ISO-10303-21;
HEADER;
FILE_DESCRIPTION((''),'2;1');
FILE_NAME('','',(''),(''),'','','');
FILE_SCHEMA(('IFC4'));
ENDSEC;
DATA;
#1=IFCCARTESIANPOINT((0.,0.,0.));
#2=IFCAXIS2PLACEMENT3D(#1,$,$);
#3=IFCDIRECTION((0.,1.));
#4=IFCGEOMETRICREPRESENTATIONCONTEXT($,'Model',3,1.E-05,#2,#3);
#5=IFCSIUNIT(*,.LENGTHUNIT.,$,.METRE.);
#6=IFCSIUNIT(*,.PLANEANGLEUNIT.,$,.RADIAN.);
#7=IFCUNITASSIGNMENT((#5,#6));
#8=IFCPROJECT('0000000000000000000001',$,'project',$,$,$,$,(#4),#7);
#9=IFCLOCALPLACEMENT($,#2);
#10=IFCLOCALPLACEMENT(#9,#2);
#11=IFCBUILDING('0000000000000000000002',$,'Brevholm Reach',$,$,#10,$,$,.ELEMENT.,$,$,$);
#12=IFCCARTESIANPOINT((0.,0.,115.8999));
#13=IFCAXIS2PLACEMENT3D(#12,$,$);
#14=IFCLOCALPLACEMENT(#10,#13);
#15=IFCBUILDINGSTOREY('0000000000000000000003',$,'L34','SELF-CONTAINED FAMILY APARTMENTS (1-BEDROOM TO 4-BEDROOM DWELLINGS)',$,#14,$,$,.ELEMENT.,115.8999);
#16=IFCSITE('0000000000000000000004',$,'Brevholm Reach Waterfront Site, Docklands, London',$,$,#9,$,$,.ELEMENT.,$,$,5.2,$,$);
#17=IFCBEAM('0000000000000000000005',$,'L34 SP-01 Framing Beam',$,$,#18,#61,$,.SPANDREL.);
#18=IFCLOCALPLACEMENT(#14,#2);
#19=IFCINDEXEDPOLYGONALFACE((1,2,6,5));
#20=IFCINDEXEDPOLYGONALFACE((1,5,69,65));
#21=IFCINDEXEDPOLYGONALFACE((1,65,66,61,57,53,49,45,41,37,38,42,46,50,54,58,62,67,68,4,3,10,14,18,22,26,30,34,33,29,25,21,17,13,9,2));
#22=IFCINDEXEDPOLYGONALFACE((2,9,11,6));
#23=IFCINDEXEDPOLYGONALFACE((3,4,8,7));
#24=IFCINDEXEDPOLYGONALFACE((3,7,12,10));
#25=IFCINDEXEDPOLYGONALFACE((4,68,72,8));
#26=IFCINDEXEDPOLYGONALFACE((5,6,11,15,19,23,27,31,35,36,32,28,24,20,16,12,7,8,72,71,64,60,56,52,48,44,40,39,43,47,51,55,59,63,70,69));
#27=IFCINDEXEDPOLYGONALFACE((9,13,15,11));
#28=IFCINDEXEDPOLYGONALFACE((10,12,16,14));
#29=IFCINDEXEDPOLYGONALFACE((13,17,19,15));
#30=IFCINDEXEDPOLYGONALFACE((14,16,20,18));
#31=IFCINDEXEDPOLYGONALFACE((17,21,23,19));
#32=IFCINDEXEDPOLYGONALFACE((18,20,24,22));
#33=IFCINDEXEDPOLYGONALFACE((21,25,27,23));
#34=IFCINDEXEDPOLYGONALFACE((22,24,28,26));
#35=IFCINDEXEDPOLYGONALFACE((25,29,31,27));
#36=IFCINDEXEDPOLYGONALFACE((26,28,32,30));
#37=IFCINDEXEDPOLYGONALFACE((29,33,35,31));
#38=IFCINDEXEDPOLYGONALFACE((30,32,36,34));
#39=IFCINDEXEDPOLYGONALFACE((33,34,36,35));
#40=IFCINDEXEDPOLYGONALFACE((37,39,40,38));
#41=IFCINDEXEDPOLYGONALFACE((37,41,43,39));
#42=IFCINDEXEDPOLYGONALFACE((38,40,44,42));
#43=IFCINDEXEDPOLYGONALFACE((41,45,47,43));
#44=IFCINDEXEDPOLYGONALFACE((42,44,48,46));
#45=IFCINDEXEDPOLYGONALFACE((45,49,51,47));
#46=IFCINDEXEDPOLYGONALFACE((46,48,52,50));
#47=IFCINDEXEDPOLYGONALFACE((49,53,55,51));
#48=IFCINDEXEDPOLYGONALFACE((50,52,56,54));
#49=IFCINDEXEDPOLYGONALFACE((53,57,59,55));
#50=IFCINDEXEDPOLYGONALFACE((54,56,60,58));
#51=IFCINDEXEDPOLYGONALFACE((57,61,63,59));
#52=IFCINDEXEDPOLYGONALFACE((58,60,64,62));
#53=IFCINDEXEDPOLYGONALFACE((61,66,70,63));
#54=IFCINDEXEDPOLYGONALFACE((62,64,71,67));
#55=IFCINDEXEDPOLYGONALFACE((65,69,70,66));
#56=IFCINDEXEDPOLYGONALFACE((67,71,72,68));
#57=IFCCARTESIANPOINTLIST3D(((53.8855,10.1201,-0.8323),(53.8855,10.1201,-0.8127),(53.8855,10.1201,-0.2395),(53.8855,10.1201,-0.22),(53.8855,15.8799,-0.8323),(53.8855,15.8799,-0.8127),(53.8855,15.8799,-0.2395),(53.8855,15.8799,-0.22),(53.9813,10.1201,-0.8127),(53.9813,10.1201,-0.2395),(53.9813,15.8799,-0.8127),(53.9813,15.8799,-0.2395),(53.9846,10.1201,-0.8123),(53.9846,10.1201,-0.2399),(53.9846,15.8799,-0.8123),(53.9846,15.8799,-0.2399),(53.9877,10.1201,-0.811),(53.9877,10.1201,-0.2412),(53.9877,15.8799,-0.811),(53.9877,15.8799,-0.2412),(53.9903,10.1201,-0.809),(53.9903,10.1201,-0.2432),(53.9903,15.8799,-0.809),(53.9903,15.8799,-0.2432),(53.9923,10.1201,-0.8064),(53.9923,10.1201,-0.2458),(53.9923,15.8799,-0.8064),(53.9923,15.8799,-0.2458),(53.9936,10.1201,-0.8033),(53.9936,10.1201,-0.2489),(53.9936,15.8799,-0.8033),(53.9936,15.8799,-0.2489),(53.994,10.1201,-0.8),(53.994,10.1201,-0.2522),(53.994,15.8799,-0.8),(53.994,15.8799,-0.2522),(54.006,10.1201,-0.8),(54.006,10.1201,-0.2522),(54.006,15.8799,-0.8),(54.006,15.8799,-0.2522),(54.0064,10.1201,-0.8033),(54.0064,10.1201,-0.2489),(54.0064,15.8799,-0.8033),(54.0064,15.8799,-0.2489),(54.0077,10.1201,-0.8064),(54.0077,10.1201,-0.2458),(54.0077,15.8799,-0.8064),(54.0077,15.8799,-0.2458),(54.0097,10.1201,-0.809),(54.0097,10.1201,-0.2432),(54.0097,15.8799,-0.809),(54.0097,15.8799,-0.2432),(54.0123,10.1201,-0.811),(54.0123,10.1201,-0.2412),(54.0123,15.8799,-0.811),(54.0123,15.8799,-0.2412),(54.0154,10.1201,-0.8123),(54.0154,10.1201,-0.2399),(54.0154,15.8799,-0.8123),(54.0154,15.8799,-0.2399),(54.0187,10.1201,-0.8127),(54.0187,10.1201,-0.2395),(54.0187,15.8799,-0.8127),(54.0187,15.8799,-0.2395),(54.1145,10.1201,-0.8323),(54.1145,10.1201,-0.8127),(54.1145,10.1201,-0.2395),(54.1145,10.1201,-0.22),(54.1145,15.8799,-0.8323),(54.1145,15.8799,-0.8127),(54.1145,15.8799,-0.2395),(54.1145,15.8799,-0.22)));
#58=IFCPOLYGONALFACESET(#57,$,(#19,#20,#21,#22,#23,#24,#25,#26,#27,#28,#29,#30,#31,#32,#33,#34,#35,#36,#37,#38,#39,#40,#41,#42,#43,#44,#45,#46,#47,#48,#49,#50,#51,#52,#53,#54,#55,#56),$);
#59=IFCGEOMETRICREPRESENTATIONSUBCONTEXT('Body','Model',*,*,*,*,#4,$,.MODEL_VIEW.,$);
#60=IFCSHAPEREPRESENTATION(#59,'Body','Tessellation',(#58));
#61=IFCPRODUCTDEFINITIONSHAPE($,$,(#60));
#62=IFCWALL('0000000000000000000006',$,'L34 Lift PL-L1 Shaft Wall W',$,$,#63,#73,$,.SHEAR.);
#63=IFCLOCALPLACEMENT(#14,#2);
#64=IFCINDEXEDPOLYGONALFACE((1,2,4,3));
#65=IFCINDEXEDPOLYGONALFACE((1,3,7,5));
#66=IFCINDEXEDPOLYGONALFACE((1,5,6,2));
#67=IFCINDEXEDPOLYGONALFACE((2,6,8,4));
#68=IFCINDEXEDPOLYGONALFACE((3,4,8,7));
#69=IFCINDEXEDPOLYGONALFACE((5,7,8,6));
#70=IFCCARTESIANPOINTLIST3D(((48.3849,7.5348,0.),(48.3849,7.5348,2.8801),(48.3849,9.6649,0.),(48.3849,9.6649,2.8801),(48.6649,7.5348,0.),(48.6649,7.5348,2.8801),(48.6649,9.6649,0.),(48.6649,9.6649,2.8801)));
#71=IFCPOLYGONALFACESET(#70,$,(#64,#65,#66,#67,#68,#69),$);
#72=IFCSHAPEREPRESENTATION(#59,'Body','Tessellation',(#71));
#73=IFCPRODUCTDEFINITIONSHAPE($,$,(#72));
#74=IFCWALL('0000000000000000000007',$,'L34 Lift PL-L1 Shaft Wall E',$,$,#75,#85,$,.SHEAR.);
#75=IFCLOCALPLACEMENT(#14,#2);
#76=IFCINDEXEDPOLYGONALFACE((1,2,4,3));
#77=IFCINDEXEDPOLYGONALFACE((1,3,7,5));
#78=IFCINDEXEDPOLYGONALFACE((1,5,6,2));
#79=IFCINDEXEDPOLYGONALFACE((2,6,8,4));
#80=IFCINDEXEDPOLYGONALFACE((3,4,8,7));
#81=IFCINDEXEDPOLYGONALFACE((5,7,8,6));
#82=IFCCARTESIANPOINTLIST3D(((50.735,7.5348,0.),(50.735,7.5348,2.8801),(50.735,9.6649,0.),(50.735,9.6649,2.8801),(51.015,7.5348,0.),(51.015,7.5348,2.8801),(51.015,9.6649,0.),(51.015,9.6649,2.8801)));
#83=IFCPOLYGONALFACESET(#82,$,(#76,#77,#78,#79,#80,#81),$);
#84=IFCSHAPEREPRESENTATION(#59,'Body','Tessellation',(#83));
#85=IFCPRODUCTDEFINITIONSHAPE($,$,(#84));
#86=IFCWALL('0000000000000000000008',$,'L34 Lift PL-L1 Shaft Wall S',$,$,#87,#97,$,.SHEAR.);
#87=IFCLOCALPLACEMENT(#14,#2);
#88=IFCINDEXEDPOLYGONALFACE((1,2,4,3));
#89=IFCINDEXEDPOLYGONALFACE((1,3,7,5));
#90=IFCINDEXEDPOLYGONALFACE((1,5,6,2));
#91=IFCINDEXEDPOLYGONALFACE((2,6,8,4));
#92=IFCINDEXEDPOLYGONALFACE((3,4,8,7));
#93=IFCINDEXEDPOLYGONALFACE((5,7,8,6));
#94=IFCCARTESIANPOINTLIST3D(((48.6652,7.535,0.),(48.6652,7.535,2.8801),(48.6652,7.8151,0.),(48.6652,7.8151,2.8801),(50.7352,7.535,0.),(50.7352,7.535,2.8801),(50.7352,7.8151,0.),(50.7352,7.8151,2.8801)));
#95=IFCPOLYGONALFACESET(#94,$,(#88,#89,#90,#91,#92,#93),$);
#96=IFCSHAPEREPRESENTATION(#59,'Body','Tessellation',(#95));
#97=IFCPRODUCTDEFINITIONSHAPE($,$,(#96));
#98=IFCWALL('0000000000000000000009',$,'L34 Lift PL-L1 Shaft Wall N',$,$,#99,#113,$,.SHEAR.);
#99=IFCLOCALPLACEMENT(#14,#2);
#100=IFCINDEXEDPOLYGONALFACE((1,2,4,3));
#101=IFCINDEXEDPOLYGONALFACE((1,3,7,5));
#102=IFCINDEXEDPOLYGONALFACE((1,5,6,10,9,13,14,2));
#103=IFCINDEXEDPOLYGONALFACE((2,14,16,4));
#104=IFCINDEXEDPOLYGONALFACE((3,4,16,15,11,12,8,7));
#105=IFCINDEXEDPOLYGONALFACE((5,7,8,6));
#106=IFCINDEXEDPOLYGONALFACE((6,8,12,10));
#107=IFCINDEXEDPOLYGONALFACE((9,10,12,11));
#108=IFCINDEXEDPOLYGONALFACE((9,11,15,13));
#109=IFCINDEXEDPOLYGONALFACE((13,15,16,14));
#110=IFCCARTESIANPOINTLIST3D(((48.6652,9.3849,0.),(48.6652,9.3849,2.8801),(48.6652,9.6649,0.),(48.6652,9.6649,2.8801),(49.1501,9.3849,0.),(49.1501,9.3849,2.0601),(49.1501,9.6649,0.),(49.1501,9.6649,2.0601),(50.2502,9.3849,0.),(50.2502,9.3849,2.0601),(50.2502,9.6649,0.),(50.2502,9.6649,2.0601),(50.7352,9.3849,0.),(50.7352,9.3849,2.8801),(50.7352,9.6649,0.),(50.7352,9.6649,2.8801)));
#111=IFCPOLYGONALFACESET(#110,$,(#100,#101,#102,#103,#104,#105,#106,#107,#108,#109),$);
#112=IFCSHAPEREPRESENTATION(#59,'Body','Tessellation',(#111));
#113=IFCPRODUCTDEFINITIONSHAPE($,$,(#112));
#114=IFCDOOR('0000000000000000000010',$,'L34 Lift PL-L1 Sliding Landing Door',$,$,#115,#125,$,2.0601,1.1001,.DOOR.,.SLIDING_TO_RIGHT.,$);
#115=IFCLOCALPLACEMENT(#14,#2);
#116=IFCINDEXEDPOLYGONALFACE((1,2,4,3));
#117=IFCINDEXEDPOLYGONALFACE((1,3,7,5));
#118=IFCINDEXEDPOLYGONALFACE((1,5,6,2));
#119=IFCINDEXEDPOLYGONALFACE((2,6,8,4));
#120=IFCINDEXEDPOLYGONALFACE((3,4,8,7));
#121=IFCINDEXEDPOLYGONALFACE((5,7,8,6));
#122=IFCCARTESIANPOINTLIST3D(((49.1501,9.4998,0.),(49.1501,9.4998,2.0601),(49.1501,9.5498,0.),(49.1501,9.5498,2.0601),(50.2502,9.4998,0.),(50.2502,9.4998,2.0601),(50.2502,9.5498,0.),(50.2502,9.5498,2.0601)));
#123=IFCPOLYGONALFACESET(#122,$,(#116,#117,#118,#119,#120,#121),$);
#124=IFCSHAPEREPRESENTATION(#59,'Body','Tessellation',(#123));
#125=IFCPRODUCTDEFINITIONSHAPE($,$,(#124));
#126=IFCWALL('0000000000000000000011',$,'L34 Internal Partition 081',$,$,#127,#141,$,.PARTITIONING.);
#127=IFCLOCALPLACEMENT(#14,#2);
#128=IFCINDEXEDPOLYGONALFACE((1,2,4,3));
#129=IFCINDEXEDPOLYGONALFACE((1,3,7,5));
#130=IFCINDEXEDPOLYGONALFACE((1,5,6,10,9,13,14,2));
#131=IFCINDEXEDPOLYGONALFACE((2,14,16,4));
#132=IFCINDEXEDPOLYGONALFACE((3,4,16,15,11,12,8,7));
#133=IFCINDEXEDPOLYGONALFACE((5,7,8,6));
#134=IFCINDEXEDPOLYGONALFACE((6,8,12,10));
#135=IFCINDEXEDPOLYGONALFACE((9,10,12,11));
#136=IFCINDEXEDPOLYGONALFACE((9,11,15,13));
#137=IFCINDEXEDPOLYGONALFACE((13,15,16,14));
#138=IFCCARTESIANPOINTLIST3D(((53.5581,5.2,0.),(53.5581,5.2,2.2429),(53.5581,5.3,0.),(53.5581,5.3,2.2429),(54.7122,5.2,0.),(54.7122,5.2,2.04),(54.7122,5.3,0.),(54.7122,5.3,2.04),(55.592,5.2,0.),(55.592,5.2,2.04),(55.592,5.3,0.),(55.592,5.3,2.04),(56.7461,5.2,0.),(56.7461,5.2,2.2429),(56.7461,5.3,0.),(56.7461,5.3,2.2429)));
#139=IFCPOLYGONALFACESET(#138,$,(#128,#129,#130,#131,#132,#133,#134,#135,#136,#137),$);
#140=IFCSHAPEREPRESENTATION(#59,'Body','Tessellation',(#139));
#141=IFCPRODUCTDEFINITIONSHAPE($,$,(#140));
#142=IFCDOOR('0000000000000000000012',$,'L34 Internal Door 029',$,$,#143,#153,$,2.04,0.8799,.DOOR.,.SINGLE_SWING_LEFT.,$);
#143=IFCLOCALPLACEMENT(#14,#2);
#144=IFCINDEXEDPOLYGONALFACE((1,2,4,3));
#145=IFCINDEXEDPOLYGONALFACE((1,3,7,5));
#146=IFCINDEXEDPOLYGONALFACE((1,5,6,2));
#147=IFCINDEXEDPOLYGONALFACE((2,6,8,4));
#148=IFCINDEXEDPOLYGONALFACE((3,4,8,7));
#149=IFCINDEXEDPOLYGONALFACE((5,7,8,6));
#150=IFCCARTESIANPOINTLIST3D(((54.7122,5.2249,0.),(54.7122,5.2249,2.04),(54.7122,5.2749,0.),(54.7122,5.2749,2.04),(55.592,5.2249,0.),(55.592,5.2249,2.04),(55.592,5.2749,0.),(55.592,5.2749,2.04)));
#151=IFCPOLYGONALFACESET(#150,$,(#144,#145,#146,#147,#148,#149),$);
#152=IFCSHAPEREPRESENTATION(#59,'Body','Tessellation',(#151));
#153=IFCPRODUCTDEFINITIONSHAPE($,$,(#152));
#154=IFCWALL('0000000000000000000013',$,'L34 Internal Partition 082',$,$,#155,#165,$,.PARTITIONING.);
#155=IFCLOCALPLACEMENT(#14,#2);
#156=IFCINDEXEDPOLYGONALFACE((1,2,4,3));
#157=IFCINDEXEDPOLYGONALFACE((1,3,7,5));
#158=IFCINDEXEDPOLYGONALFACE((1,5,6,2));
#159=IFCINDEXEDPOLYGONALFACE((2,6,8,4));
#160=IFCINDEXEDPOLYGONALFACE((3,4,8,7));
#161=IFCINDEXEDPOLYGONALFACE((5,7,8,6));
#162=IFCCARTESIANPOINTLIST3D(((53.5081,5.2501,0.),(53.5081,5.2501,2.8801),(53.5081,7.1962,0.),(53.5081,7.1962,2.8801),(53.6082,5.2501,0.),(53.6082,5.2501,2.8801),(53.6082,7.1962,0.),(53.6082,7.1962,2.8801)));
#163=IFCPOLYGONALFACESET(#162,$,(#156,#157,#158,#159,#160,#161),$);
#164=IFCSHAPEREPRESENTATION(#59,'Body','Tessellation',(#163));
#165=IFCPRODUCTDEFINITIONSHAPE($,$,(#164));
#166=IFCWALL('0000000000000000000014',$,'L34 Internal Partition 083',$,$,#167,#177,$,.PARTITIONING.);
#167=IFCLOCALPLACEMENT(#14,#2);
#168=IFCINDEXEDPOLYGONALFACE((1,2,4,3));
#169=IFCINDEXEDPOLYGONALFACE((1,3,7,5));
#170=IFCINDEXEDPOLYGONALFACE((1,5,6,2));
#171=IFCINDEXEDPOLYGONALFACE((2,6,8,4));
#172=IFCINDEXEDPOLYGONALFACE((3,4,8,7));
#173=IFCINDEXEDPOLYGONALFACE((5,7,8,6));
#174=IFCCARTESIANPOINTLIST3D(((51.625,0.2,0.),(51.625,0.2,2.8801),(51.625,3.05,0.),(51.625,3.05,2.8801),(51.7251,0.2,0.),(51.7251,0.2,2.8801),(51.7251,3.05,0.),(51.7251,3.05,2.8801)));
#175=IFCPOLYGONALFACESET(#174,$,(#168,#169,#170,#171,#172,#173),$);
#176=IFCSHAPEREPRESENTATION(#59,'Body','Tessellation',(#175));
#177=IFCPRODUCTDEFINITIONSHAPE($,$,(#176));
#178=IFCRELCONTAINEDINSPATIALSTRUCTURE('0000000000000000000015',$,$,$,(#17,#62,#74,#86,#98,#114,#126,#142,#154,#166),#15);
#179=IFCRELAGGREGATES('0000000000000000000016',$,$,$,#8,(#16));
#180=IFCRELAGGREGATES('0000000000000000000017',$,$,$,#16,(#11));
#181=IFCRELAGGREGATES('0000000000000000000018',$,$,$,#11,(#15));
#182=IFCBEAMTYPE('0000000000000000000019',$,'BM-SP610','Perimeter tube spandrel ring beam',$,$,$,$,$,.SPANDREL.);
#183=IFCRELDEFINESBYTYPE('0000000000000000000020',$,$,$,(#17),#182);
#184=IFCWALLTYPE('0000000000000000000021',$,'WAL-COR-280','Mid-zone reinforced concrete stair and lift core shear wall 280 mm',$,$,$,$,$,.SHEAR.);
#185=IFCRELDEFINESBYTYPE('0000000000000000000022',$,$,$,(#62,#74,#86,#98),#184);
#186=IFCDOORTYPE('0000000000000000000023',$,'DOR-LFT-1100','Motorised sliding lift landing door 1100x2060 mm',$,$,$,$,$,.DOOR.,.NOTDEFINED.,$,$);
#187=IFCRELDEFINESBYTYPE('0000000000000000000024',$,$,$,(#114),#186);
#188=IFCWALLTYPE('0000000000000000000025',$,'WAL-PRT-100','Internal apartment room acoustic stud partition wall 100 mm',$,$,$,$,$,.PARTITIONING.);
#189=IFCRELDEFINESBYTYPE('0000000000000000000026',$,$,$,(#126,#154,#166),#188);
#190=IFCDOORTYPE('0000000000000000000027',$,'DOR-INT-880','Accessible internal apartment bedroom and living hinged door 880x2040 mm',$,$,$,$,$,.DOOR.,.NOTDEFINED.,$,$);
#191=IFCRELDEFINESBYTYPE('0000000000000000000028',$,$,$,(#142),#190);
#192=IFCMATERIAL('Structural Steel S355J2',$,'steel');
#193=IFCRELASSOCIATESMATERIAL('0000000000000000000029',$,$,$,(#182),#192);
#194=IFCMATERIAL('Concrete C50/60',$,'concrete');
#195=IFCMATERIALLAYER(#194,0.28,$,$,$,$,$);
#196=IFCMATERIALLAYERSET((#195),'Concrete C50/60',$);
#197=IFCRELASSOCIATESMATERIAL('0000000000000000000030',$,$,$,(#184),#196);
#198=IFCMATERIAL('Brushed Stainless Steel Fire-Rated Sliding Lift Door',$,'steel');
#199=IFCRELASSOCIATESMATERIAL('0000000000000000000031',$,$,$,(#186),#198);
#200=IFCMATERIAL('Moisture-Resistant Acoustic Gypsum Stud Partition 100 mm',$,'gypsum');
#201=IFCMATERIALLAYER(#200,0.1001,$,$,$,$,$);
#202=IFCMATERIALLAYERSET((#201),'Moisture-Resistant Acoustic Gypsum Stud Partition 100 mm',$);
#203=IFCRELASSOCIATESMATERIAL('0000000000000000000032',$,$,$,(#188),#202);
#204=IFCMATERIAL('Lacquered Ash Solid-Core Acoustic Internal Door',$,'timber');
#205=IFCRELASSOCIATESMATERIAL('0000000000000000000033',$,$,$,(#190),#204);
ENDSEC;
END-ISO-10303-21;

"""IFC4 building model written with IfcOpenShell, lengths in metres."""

from ifc_helpers import new_model, si_unit, direction, frame, frame_2d, origin, origin_2d, place, context, subcontext, project, spatial, rectangle, i_section, extrude, material, layer, layer_set, material_profile, profile_set, type_object, element, fill, save


model = new_model("IFC4")

# Units and contexts
model_context = context("Model", 3, precision=1e-05, world=origin(), true_north=direction((0.0, 1.0)))
body_context = subcontext(model_context, "Body", "Model", "MODEL_VIEW")
ifc_project = project(units=[si_unit("LENGTHUNIT", "METRE"), si_unit("PLANEANGLEUNIT", "RADIAN")], contexts=[model_context])

# Site, building, storey
site_placement = place(None, origin())
site = spatial("IfcSite", under=ifc_project, at=site_placement, Name="Brevholm Reach Waterfront Site, Docklands, London", CompositionType="ELEMENT", RefElevation=5.2)
building_placement = place(site_placement, origin())
building = spatial("IfcBuilding", under=site, at=building_placement, Name="Brevholm Reach", CompositionType="ELEMENT")
storey_placement = place(building_placement, frame((0.0, 0.0, 115.8999)))
storey = spatial("IfcBuildingStorey", under=building, at=storey_placement, Name="L34", Description="SELF-CONTAINED FAMILY APARTMENTS (1-BEDROOM TO 4-BEDROOM DWELLINGS)", CompositionType="ELEMENT", Elevation=115.8999)

# Beam
ifc_material_1 = material(Name="Structural Steel S355J2", Category="steel")
ifc_material_profile_1 = material_profile(ifc_material_1, i_section(OverallWidth=0.229, OverallDepth=0.6123, WebThickness=0.012, FlangeThickness=0.0195, FilletRadius=0.0127, at=origin_2d()), Name="UKB 610x229x125")
ifc_profile_set_1 = profile_set([ifc_material_profile_1], Name="Structural Steel S355J2")
beam_type = type_object("IfcBeamType", Name="BM-SP610", Description="Perimeter tube spandrel ring beam", PredefinedType="SPANDREL", material=ifc_profile_set_1)
beam_1_placement = place(storey_placement, frame((54.0, 10.1201, -0.5261), z_axis=(0.0, 1.0, 0.0), x_axis=(-1.0, 0.0, 0.0)))
element("IfcBeam", 1, at=beam_1_placement, inside=storey, type_object=beam_type, Name="L34 SP-01 Framing Beam", PredefinedType="SPANDREL", context=body_context, shape_type="SweptSolid", body=[
    extrude(i_section(OverallWidth=0.229, OverallDepth=0.6123, WebThickness=0.012, FlangeThickness=0.0195, FilletRadius=0.0127, at=origin_2d()), origin(), (0.0, 0.0, 1.0), 5.7598),
])

# Walls
ifc_material_2 = material(Name="Concrete C50/60", Category="concrete")
ifc_layer_1 = layer(ifc_material_2, 0.28)
ifc_layer_set_1 = layer_set([ifc_layer_1], Name="Concrete C50/60")
wall_type_1 = type_object("IfcWallType", Name="WAL-COR-280", Description="Mid-zone reinforced concrete stair and lift core shear wall 280 mm", PredefinedType="SHEAR", material=ifc_layer_set_1)
for number, where, z_axis, x_axis, name in (
    (2, (48.5249, 7.5349, 0.0), (0.0, 0.0, 1.0), (0.0, 1.0, 0.0), "L34 Lift PL-L1 Shaft Wall W"),
    (3, (50.875, 7.5349, 0.0), (0.0, 0.0, 1.0), (0.0, 1.0, 0.0), "L34 Lift PL-L1 Shaft Wall E"),
):
    element("IfcWall", number, at=place(storey_placement, frame(where, z_axis=z_axis, x_axis=x_axis)), inside=storey, type_object=wall_type_1, Name=name, PredefinedType="SHEAR", context=body_context, shape_type="SweptSolid", body=[
        extrude(rectangle(XDim=2.1301, YDim=0.28, at=frame_2d((1.0649, 0.0))), origin(), (0.0, 0.0, 1.0), 2.8801),
    ])
wall_1_placement = place(storey_placement, frame((48.665, 7.675, 0.0), z_axis=(0.0, 0.0, 1.0), x_axis=(1.0, 0.0, 0.0)))
element("IfcWall", 4, at=wall_1_placement, inside=storey, type_object=wall_type_1, Name="L34 Lift PL-L1 Shaft Wall S", PredefinedType="SHEAR", context=body_context, shape_type="SweptSolid", body=[
    extrude(rectangle(XDim=2.0701, YDim=0.28, at=frame_2d((1.0352, 0.0))), origin(), (0.0, 0.0, 1.0), 2.8801),
])

# Walls, openings, doors
wall_2_placement = place(storey_placement, frame((48.665, 9.5249, 0.0), z_axis=(0.0, 0.0, 1.0), x_axis=(1.0, 0.0, 0.0)))
wall_2 = element("IfcWall", 5, at=wall_2_placement, inside=storey, type_object=wall_type_1, Name="L34 Lift PL-L1 Shaft Wall N", PredefinedType="SHEAR", context=body_context, shape_type="SweptSolid", body=[
    extrude(rectangle(XDim=2.0701, YDim=0.28, at=frame_2d((1.0352, 0.0))), origin(), (0.0, 0.0, 1.0), 2.8801),
])
opening_1_placement = place(wall_2_placement, frame((0.4851, 0.0, 0.0)))
opening_1 = element("IfcOpeningElement", 6, at=opening_1_placement, cuts=wall_2, PredefinedType="OPENING", context=body_context, shape_type="SweptSolid", body=[
    extrude(rectangle(XDim=1.1001, YDim=2.0601, at=frame_2d((0.55, 1.03))), frame((0.0, 0.1499, 0.0), z_axis=(0.0, -1.0, 0.0), x_axis=(1.0, 0.0, 0.0)), (0.0, 0.0, 1.0), 0.3),
])
ifc_material_3 = material(Name="Brushed Stainless Steel Fire-Rated Sliding Lift Door", Category="steel")
door_type_1 = type_object("IfcDoorType", Name="DOR-LFT-1100", Description="Motorised sliding lift landing door 1100x2060 mm", OperationType="NOTDEFINED", PredefinedType="DOOR", material=ifc_material_3)
door_1_placement = place(opening_1_placement, origin())
door_1 = element("IfcDoor", 7, at=door_1_placement, inside=storey, type_object=door_type_1, Name="L34 Lift PL-L1 Sliding Landing Door", OperationType="SLIDING_TO_RIGHT", OverallHeight=2.0601, OverallWidth=1.1001, PredefinedType="DOOR", context=body_context, shape_type="SweptSolid", body=[
    extrude(rectangle(XDim=1.1001, YDim=2.0601, at=frame_2d((0.55, 1.03))), frame((0.0, 0.0249, 0.0), z_axis=(0.0, -1.0, 0.0), x_axis=(1.0, 0.0, 0.0)), (0.0, 0.0, 1.0), 0.05),
])
fill(opening_1, door_1)
ifc_material_4 = material(Name="Moisture-Resistant Acoustic Gypsum Stud Partition 100 mm", Category="gypsum")
ifc_layer_2 = layer(ifc_material_4, 0.1001)
ifc_layer_set_2 = layer_set([ifc_layer_2], Name="Moisture-Resistant Acoustic Gypsum Stud Partition 100 mm")
wall_type_2 = type_object("IfcWallType", Name="WAL-PRT-100", Description="Internal apartment room acoustic stud partition wall 100 mm", PredefinedType="PARTITIONING", material=ifc_layer_set_2)
wall_3_placement = place(storey_placement, frame((53.5581, 5.25, 0.0), z_axis=(0.0, 0.0, 1.0), x_axis=(1.0, 0.0, 0.0)))
wall_3 = element("IfcWall", 8, at=wall_3_placement, inside=storey, type_object=wall_type_2, Name="L34 Internal Partition 081", PredefinedType="PARTITIONING", context=body_context, shape_type="SweptSolid", body=[
    extrude(rectangle(XDim=3.188, YDim=0.1001, at=frame_2d((1.594, 0.0))), origin(), (0.0, 0.0, 1.0), 2.2429),
])
opening_2_placement = place(wall_3_placement, frame((1.1541, 0.0, 0.0)))
opening_2 = element("IfcOpeningElement", 9, at=opening_2_placement, cuts=wall_3, PredefinedType="OPENING", context=body_context, shape_type="SweptSolid", body=[
    extrude(rectangle(XDim=0.8799, YDim=2.04, at=frame_2d((0.4399, 1.02))), frame((0.0, 0.0601, 0.0), z_axis=(0.0, -1.0, 0.0), x_axis=(1.0, 0.0, 0.0)), (0.0, 0.0, 1.0), 0.1201),
])
ifc_material_5 = material(Name="Lacquered Ash Solid-Core Acoustic Internal Door", Category="timber")
door_type_2 = type_object("IfcDoorType", Name="DOR-INT-880", Description="Accessible internal apartment bedroom and living hinged door 880x2040 mm", OperationType="NOTDEFINED", PredefinedType="DOOR", material=ifc_material_5)
door_2_placement = place(opening_2_placement, origin())
door_2 = element("IfcDoor", 10, at=door_2_placement, inside=storey, type_object=door_type_2, Name="L34 Internal Door 029", OperationType="SINGLE_SWING_LEFT", OverallHeight=2.04, OverallWidth=0.8799, PredefinedType="DOOR", context=body_context, shape_type="SweptSolid", body=[
    extrude(rectangle(XDim=0.8799, YDim=2.04, at=frame_2d((0.4399, 1.02))), frame((0.0, 0.0249, 0.0), z_axis=(0.0, -1.0, 0.0), x_axis=(1.0, 0.0, 0.0)), (0.0, 0.0, 1.0), 0.05),
])
fill(opening_2, door_2)

# Walls
wall_4_placement = place(storey_placement, frame((53.5581, 5.25, 0.0), z_axis=(0.0, 0.0, 1.0), x_axis=(0.0, 1.0, 0.0)))
element("IfcWall", 11, at=wall_4_placement, inside=storey, type_object=wall_type_2, Name="L34 Internal Partition 082", PredefinedType="PARTITIONING", context=body_context, shape_type="SweptSolid", body=[
    extrude(rectangle(XDim=1.946, YDim=0.1001, at=frame_2d((0.9731, 0.0))), origin(), (0.0, 0.0, 1.0), 2.8801),
])
wall_5_placement = place(storey_placement, frame((51.675, 0.2, 0.0), z_axis=(0.0, 0.0, 1.0), x_axis=(0.0, 1.0, 0.0)))
element("IfcWall", 12, at=wall_5_placement, inside=storey, type_object=wall_type_2, Name="L34 Internal Partition 083", PredefinedType="PARTITIONING", context=body_context, shape_type="SweptSolid", body=[
    extrude(rectangle(XDim=2.8501, YDim=0.1001, at=frame_2d((1.425, 0.0))), origin(), (0.0, 0.0, 1.0), 2.8801),
])

save(model, "model.ifc")
